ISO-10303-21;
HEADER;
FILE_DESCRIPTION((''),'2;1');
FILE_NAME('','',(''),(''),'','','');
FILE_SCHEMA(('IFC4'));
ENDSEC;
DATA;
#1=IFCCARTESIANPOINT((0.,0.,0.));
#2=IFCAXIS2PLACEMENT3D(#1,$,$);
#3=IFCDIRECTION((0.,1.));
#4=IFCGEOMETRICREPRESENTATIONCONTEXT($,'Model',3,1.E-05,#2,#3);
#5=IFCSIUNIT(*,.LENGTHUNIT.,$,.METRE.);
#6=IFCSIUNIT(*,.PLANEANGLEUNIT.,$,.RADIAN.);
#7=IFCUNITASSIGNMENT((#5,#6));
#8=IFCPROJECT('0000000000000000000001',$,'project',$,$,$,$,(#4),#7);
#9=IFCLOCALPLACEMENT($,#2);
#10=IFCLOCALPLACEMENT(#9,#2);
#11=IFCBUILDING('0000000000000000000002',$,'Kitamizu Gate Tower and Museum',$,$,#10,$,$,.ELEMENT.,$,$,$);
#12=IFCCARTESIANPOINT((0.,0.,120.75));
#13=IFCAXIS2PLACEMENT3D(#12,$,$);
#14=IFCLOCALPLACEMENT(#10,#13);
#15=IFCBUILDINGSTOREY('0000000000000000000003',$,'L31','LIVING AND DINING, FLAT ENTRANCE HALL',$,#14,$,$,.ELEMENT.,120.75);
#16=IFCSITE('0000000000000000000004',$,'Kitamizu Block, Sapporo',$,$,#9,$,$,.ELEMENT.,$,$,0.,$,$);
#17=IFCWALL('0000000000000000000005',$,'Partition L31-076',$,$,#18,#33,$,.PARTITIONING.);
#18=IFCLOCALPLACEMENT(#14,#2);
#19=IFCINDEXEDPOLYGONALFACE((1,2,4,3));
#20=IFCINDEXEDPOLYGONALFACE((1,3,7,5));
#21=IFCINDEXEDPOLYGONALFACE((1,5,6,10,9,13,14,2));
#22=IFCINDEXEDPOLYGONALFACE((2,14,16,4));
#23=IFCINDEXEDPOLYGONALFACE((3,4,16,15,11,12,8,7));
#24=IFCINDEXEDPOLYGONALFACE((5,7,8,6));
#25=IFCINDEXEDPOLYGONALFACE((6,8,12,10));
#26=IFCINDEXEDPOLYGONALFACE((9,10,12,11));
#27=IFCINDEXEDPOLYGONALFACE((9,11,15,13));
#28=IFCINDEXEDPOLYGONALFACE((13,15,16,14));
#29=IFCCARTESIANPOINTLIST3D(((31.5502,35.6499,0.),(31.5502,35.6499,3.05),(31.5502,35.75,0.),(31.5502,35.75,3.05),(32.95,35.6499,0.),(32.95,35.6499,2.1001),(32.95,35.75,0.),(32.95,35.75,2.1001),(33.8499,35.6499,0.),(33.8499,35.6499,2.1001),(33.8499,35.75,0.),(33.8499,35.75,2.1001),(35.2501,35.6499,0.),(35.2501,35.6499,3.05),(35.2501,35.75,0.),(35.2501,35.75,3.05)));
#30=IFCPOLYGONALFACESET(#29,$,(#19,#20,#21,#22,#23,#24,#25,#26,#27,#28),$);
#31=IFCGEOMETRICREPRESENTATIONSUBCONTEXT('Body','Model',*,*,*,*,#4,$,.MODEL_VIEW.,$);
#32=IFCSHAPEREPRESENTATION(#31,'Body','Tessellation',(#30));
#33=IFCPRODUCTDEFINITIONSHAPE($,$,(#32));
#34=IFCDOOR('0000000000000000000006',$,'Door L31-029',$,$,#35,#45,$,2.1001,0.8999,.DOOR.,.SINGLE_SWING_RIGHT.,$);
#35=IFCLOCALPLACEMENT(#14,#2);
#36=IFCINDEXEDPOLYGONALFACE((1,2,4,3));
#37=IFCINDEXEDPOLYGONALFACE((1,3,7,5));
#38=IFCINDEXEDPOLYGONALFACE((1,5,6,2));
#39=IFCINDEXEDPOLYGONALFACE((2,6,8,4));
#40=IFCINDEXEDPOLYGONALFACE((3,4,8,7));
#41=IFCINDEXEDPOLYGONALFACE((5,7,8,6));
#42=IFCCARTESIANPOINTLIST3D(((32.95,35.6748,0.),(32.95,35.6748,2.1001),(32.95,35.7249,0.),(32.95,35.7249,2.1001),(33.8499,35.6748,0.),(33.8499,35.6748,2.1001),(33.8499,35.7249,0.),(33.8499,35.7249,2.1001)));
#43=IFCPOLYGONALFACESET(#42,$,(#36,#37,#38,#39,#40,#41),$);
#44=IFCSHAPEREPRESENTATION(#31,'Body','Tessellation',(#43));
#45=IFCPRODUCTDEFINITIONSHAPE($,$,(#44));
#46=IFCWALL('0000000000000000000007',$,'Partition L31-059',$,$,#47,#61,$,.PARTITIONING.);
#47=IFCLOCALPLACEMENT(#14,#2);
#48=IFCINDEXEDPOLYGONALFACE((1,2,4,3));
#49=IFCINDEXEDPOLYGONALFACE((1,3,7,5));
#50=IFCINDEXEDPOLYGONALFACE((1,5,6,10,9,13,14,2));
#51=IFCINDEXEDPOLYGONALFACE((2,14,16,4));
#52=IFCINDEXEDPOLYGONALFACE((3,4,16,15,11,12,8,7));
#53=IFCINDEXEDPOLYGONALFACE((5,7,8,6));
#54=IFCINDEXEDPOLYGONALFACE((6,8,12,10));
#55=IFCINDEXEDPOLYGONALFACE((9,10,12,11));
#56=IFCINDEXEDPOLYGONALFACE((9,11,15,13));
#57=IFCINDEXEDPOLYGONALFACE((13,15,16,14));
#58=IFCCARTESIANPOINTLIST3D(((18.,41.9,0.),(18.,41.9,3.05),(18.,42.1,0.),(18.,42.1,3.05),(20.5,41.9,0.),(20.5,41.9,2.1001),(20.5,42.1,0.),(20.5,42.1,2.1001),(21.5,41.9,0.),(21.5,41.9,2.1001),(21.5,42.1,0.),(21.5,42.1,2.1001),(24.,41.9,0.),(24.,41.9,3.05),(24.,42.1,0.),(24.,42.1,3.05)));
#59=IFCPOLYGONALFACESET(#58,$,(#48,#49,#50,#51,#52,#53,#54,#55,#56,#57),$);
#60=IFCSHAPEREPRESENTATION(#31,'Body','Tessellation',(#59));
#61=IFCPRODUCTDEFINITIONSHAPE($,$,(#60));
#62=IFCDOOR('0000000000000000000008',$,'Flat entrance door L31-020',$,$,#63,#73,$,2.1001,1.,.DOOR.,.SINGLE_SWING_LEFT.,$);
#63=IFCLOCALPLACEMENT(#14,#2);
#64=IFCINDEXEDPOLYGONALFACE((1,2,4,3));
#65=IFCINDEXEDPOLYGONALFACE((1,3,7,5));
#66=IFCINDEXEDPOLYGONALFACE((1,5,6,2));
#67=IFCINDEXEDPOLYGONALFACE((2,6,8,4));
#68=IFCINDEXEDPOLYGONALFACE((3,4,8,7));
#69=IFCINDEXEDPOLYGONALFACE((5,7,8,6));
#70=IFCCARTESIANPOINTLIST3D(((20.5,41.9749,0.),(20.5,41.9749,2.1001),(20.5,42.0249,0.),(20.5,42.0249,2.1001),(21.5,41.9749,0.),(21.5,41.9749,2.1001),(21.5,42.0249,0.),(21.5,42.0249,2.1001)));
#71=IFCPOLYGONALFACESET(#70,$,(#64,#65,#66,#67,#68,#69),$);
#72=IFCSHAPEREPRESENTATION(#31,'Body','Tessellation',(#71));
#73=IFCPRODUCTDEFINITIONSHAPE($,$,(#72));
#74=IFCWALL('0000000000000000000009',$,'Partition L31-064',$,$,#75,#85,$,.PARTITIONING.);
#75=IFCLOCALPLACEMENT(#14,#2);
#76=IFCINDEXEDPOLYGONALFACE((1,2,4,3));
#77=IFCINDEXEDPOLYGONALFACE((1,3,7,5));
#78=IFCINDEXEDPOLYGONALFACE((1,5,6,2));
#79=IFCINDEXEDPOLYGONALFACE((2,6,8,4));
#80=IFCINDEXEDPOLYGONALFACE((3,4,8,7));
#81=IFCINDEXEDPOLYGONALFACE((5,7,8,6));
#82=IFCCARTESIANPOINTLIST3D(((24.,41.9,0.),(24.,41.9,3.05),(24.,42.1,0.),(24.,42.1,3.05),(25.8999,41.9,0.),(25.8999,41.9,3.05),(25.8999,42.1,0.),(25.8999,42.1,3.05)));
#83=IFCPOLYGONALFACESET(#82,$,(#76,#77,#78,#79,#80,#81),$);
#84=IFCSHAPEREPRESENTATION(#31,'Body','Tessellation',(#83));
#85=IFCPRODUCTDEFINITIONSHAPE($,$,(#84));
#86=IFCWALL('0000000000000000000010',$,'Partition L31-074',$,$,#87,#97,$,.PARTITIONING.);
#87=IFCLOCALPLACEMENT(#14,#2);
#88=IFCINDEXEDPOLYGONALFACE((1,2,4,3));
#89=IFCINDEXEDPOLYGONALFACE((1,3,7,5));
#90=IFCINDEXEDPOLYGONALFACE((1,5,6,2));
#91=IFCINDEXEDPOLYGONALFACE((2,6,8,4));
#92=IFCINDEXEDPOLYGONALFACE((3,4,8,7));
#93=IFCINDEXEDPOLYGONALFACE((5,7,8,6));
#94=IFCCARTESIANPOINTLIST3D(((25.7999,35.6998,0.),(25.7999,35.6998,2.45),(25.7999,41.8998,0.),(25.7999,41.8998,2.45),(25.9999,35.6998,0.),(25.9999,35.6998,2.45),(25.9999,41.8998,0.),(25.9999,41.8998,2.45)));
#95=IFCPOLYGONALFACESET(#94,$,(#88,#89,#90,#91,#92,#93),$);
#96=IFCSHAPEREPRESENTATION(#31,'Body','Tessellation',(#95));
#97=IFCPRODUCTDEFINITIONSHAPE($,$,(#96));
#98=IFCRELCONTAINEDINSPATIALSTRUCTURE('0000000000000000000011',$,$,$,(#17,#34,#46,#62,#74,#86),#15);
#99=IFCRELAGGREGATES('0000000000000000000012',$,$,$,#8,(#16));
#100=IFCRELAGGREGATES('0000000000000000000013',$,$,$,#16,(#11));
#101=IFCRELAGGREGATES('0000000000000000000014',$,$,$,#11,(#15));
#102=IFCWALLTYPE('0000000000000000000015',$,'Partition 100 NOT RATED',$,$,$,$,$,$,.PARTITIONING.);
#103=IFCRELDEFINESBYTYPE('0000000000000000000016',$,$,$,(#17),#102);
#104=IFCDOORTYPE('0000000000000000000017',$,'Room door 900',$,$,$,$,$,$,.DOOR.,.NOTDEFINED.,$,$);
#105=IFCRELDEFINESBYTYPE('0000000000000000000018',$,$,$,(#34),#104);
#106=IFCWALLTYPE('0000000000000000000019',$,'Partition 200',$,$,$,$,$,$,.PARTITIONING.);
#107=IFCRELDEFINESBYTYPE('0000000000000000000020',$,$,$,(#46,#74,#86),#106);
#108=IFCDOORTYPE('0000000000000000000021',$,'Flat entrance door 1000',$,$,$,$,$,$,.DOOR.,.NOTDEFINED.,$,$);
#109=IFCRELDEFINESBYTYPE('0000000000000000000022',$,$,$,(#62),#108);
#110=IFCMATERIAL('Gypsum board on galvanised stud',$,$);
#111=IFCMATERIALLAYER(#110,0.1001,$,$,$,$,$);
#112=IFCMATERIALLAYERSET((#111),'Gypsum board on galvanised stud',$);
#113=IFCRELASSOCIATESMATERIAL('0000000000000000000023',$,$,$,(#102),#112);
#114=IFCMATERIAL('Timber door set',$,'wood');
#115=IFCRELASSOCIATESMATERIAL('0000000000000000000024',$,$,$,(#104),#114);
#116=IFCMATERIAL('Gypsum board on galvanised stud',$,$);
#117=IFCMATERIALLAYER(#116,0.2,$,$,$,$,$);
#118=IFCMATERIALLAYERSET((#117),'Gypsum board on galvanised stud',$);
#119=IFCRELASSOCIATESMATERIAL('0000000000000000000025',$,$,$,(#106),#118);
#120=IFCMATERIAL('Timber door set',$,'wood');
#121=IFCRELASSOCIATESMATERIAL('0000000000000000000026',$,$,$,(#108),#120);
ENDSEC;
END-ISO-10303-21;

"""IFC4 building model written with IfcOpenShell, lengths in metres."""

from ifc_helpers import new_model, si_unit, direction, frame, frame_2d, origin, place, context, subcontext, project, spatial, rectangle, extrude, material, layer, layer_set, type_object, element, fill, save


model = new_model("IFC4")

# Units and contexts
model_context = context("Model", 3, precision=1e-05, world=origin(), true_north=direction((0.0, 1.0)))
body_context = subcontext(model_context, "Body", "Model", "MODEL_VIEW")
ifc_project = project(units=[si_unit("LENGTHUNIT", "METRE"), si_unit("PLANEANGLEUNIT", "RADIAN")], contexts=[model_context])

# Site, building, storey
site_placement = place(None, origin())
site = spatial("IfcSite", under=ifc_project, at=site_placement, Name="Kitamizu Block, Sapporo", CompositionType="ELEMENT", RefElevation=0.0)
building_placement = place(site_placement, origin())
building = spatial("IfcBuilding", under=site, at=building_placement, Name="Kitamizu Gate Tower and Museum", CompositionType="ELEMENT")
storey_placement = place(building_placement, frame((0.0, 0.0, 120.75)))
storey = spatial("IfcBuildingStorey", under=building, at=storey_placement, Name="L31", Description="LIVING AND DINING, FLAT ENTRANCE HALL", CompositionType="ELEMENT", Elevation=120.75)

# Shared definitions
ifc_material_1 = material(Name="Gypsum board on galvanised stud")
ifc_layer_1 = layer(ifc_material_1, 0.1001)
ifc_layer_set_1 = layer_set([ifc_layer_1], Name="Gypsum board on galvanised stud")
wall_type_1 = type_object("IfcWallType", Name="Partition 100 NOT RATED", PredefinedType="PARTITIONING", material=ifc_layer_set_1)
ifc_material_2 = material(Name="Timber door set", Category="wood")
door_type_1 = type_object("IfcDoorType", Name="Room door 900", OperationType="NOTDEFINED", PredefinedType="DOOR", material=ifc_material_2)

# Walls, openings, doors
wall_1_placement = place(storey_placement, frame((31.55, 35.7, 0.0), z_axis=(0.0, 0.0, 1.0), x_axis=(1.0, 0.0, 0.0)))
wall_1 = element("IfcWall", 1, at=wall_1_placement, inside=storey, type_object=wall_type_1, Name="Partition L31-076", PredefinedType="PARTITIONING", context=body_context, shape_type="SweptSolid", body=[
    extrude(rectangle(XDim=3.7, YDim=0.1001, at=frame_2d((1.8501, 0.0))), origin(), (0.0, 0.0, 1.0), 3.05),
])
opening_1_placement = place(wall_1_placement, frame((1.3999, 0.0, 0.0)))
opening_1 = element("IfcOpeningElement", 2, at=opening_1_placement, cuts=wall_1, PredefinedType="OPENING", context=body_context, shape_type="SweptSolid", body=[
    extrude(rectangle(XDim=0.8999, YDim=2.1001, at=frame_2d((0.45, 1.05))), frame((0.0, 0.0601, 0.0), z_axis=(0.0, -1.0, 0.0), x_axis=(1.0, 0.0, 0.0)), (0.0, 0.0, 1.0), 0.1201),
])
door_1_placement = place(opening_1_placement, origin())
door_1 = element("IfcDoor", 3, at=door_1_placement, inside=storey, type_object=door_type_1, Name="Door L31-029", OperationType="SINGLE_SWING_RIGHT", OverallHeight=2.1001, OverallWidth=0.8999, PredefinedType="DOOR", context=body_context, shape_type="SweptSolid", body=[
    extrude(rectangle(XDim=0.8999, YDim=2.1001, at=frame_2d((0.45, 1.05))), frame((0.0, 0.0249, 0.0), z_axis=(0.0, -1.0, 0.0), x_axis=(1.0, 0.0, 0.0)), (0.0, 0.0, 1.0), 0.05),
])
fill(opening_1, door_1)
ifc_material_3 = material(Name="Gypsum board on galvanised stud")
ifc_layer_2 = layer(ifc_material_3, 0.2)
ifc_layer_set_2 = layer_set([ifc_layer_2], Name="Gypsum board on galvanised stud")
wall_type_2 = type_object("IfcWallType", Name="Partition 200", PredefinedType="PARTITIONING", material=ifc_layer_set_2)
wall_2_placement = place(storey_placement, frame((18.0, 42.0, 0.0), z_axis=(0.0, 0.0, 1.0), x_axis=(1.0, 0.0, 0.0)))
wall_2 = element("IfcWall", 4, at=wall_2_placement, inside=storey, type_object=wall_type_2, Name="Partition L31-059", PredefinedType="PARTITIONING", context=body_context, shape_type="SweptSolid", body=[
    extrude(rectangle(XDim=6.0, YDim=0.2, at=frame_2d((3.0, 0.0))), origin(), (0.0, 0.0, 1.0), 3.05),
])
opening_2_placement = place(wall_2_placement, frame((2.5, 0.0, 0.0)))
opening_2 = element("IfcOpeningElement", 5, at=opening_2_placement, cuts=wall_2, PredefinedType="OPENING", context=body_context, shape_type="SweptSolid", body=[
    extrude(rectangle(XDim=1.0, YDim=2.1001, at=frame_2d((0.5, 1.05))), frame((0.0, 0.1099, 0.0), z_axis=(0.0, -1.0, 0.0), x_axis=(1.0, 0.0, 0.0)), (0.0, 0.0, 1.0), 0.22),
])
ifc_material_4 = material(Name="Timber door set", Category="wood")
door_type_2 = type_object("IfcDoorType", Name="Flat entrance door 1000", OperationType="NOTDEFINED", PredefinedType="DOOR", material=ifc_material_4)
door_2_placement = place(opening_2_placement, origin())
door_2 = element("IfcDoor", 6, at=door_2_placement, inside=storey, type_object=door_type_2, Name="Flat entrance door L31-020", OperationType="SINGLE_SWING_LEFT", OverallHeight=2.1001, OverallWidth=1.0, PredefinedType="DOOR", context=body_context, shape_type="SweptSolid", body=[
    extrude(rectangle(XDim=1.0, YDim=2.1001, at=frame_2d((0.5, 1.05))), frame((0.0, 0.0249, 0.0), z_axis=(0.0, -1.0, 0.0), x_axis=(1.0, 0.0, 0.0)), (0.0, 0.0, 1.0), 0.05),
])
fill(opening_2, door_2)

# Walls
wall_3_placement = place(storey_placement, frame((24.0, 42.0, 0.0), z_axis=(0.0, 0.0, 1.0), x_axis=(1.0, 0.0, 0.0)))
element("IfcWall", 7, at=wall_3_placement, inside=storey, type_object=wall_type_2, Name="Partition L31-064", PredefinedType="PARTITIONING", context=body_context, shape_type="SweptSolid", body=[
    extrude(rectangle(XDim=1.8999, YDim=0.2, at=frame_2d((0.95, 0.0))), origin(), (0.0, 0.0, 1.0), 3.05),
])
wall_4_placement = place(storey_placement, frame((25.8999, 41.8999, 0.0), z_axis=(0.0, 0.0, 1.0), x_axis=(0.0, -1.0, 0.0)))
element("IfcWall", 8, at=wall_4_placement, inside=storey, type_object=wall_type_2, Name="Partition L31-074", PredefinedType="PARTITIONING", context=body_context, shape_type="SweptSolid", body=[
    extrude(rectangle(XDim=6.2, YDim=0.2, at=frame_2d((3.1001, 0.0))), origin(), (0.0, 0.0, 1.0), 2.45),
])

save(model, "model.ifc")
